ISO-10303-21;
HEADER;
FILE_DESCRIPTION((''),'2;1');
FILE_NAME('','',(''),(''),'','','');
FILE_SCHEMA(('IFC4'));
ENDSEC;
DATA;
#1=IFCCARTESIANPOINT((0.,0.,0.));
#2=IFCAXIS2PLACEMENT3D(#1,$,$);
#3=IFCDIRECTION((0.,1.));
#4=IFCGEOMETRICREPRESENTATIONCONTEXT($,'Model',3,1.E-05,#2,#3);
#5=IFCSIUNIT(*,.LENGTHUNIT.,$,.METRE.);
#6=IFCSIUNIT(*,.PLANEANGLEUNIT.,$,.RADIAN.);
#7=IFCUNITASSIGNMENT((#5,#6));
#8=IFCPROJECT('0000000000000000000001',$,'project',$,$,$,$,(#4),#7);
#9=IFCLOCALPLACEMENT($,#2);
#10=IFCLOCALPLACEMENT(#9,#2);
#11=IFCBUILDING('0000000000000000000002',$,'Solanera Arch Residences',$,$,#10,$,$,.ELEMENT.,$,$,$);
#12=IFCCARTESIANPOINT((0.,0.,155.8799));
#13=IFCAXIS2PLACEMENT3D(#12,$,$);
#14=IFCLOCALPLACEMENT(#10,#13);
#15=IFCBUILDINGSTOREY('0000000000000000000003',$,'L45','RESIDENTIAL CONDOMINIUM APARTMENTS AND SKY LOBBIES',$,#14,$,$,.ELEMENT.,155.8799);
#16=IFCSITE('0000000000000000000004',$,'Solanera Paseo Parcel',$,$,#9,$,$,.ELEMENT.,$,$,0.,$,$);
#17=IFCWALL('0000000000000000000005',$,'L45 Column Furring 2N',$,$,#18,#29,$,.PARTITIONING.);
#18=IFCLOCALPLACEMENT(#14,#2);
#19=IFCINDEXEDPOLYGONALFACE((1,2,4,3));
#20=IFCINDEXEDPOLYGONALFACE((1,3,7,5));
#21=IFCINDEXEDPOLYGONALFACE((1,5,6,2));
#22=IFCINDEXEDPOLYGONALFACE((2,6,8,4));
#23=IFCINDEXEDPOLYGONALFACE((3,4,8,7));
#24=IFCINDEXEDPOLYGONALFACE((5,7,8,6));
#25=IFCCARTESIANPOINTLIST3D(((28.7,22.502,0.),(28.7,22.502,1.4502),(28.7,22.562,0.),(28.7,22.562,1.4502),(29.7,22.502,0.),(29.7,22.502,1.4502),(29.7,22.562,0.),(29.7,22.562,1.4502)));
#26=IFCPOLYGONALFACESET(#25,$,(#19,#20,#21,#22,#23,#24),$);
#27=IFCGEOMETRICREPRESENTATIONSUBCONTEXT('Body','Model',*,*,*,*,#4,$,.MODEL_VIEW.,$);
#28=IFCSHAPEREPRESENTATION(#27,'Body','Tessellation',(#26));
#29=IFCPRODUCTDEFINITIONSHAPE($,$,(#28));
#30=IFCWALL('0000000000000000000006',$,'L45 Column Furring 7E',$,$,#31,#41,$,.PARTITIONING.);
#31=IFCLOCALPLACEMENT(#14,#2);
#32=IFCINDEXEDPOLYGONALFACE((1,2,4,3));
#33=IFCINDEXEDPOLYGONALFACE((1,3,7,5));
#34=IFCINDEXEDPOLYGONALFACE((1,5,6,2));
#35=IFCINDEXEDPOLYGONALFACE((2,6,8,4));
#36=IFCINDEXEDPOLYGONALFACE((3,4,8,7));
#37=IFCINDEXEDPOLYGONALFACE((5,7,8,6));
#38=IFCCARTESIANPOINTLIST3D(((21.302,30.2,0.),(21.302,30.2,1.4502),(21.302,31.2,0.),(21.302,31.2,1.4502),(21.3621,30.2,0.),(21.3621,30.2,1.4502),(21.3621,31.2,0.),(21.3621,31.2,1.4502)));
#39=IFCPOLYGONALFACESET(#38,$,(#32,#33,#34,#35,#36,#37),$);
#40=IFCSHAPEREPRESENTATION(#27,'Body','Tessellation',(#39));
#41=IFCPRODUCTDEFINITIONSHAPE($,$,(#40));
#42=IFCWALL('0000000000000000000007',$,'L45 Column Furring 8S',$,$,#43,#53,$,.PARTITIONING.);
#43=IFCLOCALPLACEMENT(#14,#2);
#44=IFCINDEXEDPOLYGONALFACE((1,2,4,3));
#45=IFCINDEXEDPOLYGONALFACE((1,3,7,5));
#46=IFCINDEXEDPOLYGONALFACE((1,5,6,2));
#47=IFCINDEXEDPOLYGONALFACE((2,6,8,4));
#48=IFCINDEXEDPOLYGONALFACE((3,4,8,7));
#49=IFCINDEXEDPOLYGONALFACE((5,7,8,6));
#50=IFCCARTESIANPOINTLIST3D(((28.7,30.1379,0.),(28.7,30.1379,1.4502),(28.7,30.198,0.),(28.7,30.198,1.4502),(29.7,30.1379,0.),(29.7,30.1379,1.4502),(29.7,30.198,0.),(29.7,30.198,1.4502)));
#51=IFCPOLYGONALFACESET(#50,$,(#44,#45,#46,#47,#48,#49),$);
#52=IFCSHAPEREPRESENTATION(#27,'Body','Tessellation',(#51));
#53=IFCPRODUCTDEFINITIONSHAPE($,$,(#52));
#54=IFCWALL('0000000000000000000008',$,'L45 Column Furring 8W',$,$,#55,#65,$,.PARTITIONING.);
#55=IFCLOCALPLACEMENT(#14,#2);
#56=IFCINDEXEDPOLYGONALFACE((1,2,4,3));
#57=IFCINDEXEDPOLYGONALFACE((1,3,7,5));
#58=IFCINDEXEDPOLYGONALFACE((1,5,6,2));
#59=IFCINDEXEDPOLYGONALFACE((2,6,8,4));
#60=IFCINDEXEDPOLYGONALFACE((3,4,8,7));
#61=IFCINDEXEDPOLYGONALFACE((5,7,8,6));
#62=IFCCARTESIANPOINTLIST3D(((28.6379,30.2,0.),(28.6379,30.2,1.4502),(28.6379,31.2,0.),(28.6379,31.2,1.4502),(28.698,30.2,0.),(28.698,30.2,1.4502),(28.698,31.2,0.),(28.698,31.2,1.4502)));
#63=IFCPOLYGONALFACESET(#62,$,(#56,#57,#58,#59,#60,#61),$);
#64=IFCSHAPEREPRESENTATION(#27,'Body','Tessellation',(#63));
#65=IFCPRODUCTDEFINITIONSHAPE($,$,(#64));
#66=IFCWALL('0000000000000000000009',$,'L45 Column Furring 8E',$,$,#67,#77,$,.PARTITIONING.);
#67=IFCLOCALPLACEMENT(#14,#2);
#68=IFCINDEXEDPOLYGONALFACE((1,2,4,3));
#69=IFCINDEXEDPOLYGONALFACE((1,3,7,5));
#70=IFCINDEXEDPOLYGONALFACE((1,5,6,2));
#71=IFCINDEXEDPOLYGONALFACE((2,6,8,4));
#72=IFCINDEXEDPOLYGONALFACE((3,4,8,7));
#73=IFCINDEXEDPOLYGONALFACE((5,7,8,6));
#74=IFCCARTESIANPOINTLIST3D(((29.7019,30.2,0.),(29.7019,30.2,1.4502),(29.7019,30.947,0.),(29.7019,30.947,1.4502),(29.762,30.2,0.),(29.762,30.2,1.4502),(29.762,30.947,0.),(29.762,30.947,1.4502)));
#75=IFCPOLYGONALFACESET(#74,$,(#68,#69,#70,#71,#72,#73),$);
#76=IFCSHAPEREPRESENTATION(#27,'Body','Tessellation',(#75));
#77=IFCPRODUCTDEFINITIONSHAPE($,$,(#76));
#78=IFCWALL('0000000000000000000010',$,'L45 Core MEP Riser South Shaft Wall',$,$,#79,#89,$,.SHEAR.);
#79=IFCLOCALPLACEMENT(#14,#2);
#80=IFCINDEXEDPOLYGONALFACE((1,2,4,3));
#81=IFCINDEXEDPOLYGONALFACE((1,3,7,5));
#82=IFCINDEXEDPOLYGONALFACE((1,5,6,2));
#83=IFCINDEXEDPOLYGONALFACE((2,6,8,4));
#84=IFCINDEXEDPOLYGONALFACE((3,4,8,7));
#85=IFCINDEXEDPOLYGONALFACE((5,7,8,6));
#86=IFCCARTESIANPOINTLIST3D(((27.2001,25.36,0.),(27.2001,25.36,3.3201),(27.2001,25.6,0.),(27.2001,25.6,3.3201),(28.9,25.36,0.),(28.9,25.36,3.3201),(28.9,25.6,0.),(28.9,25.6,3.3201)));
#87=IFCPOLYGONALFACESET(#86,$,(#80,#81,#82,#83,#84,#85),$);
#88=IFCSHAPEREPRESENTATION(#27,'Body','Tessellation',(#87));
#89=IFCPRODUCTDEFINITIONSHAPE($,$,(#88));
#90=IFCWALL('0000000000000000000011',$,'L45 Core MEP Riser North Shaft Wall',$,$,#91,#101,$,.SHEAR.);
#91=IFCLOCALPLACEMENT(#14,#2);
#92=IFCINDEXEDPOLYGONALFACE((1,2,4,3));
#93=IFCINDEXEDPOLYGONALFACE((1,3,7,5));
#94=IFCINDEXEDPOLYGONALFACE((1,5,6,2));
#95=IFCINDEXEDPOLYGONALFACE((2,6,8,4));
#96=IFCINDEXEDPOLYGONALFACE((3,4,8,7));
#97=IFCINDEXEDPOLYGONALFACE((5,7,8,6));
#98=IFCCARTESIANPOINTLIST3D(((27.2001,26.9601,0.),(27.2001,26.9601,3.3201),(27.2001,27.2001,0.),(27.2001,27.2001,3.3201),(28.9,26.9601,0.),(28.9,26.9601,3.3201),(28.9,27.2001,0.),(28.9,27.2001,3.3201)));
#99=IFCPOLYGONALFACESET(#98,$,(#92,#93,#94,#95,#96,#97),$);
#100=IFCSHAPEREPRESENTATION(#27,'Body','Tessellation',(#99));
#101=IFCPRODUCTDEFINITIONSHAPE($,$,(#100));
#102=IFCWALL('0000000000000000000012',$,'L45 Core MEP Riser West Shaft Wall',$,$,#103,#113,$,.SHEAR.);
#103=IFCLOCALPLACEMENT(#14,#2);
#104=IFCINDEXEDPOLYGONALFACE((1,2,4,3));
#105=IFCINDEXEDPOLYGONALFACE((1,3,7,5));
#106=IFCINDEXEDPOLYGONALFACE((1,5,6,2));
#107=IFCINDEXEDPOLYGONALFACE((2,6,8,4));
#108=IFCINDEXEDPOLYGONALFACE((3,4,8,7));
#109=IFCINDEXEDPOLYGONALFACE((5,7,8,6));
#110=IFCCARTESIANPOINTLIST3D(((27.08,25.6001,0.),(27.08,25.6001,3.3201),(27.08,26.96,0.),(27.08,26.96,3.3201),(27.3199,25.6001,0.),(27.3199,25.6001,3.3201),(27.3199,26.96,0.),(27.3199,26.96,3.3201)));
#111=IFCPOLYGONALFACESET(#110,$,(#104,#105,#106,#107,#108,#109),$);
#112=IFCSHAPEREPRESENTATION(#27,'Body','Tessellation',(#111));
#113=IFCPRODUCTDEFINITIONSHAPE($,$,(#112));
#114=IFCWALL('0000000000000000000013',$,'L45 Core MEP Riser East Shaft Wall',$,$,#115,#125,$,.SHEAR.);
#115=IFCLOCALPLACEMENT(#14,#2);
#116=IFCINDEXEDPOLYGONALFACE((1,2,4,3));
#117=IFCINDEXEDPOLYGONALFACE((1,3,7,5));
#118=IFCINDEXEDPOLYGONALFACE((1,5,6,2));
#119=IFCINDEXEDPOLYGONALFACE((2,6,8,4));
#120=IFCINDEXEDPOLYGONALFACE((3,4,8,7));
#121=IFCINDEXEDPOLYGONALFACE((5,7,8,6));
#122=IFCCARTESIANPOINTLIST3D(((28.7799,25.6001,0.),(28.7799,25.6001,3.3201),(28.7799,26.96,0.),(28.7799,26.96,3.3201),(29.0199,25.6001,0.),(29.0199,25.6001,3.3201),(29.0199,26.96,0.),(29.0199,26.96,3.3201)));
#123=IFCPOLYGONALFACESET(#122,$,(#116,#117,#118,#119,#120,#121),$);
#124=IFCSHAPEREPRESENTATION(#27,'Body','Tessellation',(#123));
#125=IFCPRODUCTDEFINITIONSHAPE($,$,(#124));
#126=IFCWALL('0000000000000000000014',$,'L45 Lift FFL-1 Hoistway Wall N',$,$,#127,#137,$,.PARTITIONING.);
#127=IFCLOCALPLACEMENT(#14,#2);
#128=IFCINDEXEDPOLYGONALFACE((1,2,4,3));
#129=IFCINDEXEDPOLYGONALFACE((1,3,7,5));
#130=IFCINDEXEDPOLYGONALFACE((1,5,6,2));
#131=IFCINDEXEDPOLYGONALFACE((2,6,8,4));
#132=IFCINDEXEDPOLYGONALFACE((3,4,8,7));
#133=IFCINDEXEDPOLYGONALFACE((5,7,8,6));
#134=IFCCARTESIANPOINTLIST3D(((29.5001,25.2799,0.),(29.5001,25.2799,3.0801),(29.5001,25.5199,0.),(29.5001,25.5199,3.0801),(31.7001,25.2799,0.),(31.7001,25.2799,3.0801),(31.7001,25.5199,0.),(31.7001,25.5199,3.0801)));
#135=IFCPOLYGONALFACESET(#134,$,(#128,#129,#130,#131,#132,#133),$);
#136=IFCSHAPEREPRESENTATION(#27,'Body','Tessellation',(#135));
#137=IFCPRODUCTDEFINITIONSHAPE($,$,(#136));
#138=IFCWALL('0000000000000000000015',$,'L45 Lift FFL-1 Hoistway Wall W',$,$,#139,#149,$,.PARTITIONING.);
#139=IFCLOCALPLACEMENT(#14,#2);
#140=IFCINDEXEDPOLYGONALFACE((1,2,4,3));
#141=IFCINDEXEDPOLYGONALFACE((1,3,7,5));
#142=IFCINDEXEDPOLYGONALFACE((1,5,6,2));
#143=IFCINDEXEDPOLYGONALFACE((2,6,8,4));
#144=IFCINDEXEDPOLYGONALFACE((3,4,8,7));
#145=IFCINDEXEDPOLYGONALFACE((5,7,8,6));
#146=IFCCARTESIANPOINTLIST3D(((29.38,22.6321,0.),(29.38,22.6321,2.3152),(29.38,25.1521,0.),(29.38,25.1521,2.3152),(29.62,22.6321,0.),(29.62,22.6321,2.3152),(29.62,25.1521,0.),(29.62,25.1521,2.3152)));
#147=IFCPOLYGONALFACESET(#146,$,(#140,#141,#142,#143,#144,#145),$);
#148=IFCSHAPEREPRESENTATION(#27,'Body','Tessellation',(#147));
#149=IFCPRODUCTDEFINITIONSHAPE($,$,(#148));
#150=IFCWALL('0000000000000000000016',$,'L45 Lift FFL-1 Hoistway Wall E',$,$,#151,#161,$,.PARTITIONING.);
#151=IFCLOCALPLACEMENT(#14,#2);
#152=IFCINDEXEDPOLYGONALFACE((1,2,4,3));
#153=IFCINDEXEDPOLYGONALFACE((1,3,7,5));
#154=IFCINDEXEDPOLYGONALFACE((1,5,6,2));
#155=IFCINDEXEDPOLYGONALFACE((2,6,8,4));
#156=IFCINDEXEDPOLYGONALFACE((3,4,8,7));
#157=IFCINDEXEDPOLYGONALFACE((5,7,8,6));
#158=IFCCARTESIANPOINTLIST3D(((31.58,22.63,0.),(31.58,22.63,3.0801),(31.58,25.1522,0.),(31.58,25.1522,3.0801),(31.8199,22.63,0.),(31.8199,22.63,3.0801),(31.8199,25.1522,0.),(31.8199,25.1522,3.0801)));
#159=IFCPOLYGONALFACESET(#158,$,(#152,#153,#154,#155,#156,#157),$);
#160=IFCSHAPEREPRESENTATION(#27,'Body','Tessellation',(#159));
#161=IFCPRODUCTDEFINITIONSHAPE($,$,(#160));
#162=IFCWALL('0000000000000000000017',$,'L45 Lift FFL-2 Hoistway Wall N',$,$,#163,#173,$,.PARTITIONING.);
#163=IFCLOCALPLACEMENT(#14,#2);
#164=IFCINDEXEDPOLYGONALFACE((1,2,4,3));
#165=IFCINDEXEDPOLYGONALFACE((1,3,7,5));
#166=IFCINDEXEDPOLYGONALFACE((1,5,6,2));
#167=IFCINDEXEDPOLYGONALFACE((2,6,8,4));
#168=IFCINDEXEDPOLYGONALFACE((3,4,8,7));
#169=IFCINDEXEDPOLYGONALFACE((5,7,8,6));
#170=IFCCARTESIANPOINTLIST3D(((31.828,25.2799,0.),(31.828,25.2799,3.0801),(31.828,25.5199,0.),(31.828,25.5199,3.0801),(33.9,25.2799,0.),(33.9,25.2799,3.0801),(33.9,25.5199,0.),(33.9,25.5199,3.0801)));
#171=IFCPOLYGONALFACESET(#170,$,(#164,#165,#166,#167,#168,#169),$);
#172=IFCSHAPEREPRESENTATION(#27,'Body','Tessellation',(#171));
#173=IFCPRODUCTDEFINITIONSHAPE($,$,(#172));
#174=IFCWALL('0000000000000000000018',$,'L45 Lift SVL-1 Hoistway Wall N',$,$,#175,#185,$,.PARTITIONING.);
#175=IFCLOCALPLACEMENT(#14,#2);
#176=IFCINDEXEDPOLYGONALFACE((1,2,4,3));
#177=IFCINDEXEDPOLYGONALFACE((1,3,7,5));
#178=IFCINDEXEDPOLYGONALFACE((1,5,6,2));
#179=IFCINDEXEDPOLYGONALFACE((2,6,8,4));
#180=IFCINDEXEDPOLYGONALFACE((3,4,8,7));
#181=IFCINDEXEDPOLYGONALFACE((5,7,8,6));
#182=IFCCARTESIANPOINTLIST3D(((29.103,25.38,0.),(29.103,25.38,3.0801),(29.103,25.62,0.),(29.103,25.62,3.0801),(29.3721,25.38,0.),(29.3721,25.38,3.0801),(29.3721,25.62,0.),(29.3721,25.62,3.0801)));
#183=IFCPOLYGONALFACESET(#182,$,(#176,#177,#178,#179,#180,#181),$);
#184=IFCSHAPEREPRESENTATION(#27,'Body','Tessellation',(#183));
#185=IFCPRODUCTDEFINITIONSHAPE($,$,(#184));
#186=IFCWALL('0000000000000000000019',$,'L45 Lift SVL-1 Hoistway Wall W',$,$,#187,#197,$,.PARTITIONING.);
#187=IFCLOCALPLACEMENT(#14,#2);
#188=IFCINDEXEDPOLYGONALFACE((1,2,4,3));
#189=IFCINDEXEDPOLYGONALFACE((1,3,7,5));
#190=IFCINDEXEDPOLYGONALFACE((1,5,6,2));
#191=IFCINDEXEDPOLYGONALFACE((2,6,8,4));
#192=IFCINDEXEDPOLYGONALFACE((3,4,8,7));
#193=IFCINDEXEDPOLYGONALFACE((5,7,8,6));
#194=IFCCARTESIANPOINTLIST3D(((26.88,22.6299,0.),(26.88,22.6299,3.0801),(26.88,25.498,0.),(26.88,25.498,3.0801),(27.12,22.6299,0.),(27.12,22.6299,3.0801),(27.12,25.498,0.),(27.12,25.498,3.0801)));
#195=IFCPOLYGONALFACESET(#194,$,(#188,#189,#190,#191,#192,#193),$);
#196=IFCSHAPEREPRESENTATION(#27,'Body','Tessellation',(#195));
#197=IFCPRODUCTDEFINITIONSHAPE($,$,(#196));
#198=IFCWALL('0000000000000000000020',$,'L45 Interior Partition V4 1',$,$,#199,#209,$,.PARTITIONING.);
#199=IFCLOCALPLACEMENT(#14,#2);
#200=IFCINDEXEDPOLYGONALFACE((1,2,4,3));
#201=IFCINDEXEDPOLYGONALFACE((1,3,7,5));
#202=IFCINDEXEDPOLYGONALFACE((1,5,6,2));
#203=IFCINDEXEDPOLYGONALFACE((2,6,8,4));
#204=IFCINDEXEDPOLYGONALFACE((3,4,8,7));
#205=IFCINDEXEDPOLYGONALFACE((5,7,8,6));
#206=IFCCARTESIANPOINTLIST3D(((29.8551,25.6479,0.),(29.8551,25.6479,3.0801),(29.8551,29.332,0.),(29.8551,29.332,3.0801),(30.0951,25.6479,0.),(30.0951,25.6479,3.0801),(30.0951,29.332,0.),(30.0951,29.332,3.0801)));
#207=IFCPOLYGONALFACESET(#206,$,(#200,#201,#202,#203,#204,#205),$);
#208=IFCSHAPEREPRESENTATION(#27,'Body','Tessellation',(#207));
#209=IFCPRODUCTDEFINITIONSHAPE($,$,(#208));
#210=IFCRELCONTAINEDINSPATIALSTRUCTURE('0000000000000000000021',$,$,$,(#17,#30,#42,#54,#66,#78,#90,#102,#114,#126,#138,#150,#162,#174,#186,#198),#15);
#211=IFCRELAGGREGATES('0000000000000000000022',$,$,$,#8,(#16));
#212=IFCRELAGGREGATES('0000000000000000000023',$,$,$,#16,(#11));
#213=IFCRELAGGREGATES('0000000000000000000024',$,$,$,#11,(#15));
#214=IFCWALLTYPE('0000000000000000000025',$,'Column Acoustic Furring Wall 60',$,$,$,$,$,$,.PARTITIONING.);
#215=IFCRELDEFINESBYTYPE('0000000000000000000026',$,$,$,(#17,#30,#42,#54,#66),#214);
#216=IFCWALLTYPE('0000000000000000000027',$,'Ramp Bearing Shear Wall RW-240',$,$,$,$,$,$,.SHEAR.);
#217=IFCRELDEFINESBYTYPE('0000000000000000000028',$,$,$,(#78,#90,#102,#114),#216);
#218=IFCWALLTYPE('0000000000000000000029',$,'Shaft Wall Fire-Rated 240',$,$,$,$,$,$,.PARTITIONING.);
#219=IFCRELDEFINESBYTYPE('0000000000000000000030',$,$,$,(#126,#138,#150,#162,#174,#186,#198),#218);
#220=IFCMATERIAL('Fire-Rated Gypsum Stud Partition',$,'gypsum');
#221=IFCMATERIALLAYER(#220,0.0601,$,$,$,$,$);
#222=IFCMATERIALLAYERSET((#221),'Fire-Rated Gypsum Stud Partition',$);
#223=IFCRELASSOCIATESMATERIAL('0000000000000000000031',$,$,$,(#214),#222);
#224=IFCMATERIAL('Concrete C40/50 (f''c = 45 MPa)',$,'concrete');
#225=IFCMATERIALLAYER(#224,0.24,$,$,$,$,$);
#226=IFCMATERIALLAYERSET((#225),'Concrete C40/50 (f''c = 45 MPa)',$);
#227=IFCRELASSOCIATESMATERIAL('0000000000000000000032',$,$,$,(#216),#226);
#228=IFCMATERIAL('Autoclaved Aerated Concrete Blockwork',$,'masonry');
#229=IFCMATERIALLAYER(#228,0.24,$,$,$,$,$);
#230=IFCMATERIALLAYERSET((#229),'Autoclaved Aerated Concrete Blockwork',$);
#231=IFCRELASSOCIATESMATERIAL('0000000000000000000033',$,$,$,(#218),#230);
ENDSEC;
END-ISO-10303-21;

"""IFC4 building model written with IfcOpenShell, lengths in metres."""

from ifc_helpers import new_model, si_unit, direction, frame, frame_2d, origin, place, context, subcontext, project, spatial, rectangle, extrude, material, layer, layer_set, type_object, element, save


model = new_model("IFC4")

# Units and contexts
model_context = context("Model", 3, precision=1e-05, world=origin(), true_north=direction((0.0, 1.0)))
body_context = subcontext(model_context, "Body", "Model", "MODEL_VIEW")
ifc_project = project(units=[si_unit("LENGTHUNIT", "METRE"), si_unit("PLANEANGLEUNIT", "RADIAN")], contexts=[model_context])

# Site, building, storey
site_placement = place(None, origin())
site = spatial("IfcSite", under=ifc_project, at=site_placement, Name="Solanera Paseo Parcel", CompositionType="ELEMENT", RefElevation=0.0)
building_placement = place(site_placement, origin())
building = spatial("IfcBuilding", under=site, at=building_placement, Name="Solanera Arch Residences", CompositionType="ELEMENT")
storey_placement = place(building_placement, frame((0.0, 0.0, 155.8799)))
storey = spatial("IfcBuildingStorey", under=building, at=storey_placement, Name="L45", Description="RESIDENTIAL CONDOMINIUM APARTMENTS AND SKY LOBBIES", CompositionType="ELEMENT", Elevation=155.8799)

# Walls
ifc_material_1 = material(Name="Fire-Rated Gypsum Stud Partition", Category="gypsum")
ifc_layer_1 = layer(ifc_material_1, 0.0601)
ifc_layer_set_1 = layer_set([ifc_layer_1], Name="Fire-Rated Gypsum Stud Partition")
wall_type_1 = type_object("IfcWallType", Name="Column Acoustic Furring Wall 60", PredefinedType="PARTITIONING", material=ifc_layer_set_1)
for number, where, z_axis, x_axis, name in (
    (1, (28.7, 22.532, 0.0), (0.0, 0.0, 1.0), (1.0, 0.0, 0.0), "L45 Column Furring 2N"),
    (2, (21.332, 30.2, 0.0), (0.0, 0.0, 1.0), (0.0, 1.0, 0.0), "L45 Column Furring 7E"),
    (3, (28.7, 30.168, 0.0), (0.0, 0.0, 1.0), (1.0, 0.0, 0.0), "L45 Column Furring 8S"),
    (4, (28.668, 30.2, 0.0), (0.0, 0.0, 1.0), (0.0, 1.0, 0.0), "L45 Column Furring 8W"),
):
    element("IfcWall", number, at=place(storey_placement, frame(where, z_axis=z_axis, x_axis=x_axis)), inside=storey, type_object=wall_type_1, Name=name, PredefinedType="PARTITIONING", context=body_context, shape_type="SweptSolid", body=[
        extrude(rectangle(XDim=1.0, YDim=0.0601, at=frame_2d((0.5, 0.0))), origin(), (0.0, 0.0, 1.0), 1.4502),
    ])
wall_1_placement = place(storey_placement, frame((29.7319, 30.2, 0.0), z_axis=(0.0, 0.0, 1.0), x_axis=(0.0, 1.0, 0.0)))
element("IfcWall", 5, at=wall_1_placement, inside=storey, type_object=wall_type_1, Name="L45 Column Furring 8E", PredefinedType="PARTITIONING", context=body_context, shape_type="SweptSolid", body=[
    extrude(rectangle(XDim=0.7471, YDim=0.0601, at=frame_2d((0.3735, 0.0))), origin(), (0.0, 0.0, 1.0), 1.4502),
])
ifc_material_2 = material(Name="Concrete C40/50 (f'c = 45 MPa)", Category="concrete")
ifc_layer_2 = layer(ifc_material_2, 0.24)
ifc_layer_set_2 = layer_set([ifc_layer_2], Name="Concrete C40/50 (f'c = 45 MPa)")
wall_type_2 = type_object("IfcWallType", Name="Ramp Bearing Shear Wall RW-240", PredefinedType="SHEAR", material=ifc_layer_set_2)
for number, where, z_axis, x_axis, name in (
    (6, (27.2, 25.48, 0.0), (0.0, 0.0, 1.0), (1.0, 0.0, 0.0), "L45 Core MEP Riser South Shaft Wall"),
    (7, (27.2, 27.0801, 0.0), (0.0, 0.0, 1.0), (1.0, 0.0, 0.0), "L45 Core MEP Riser North Shaft Wall"),
):
    element("IfcWall", number, at=place(storey_placement, frame(where, z_axis=z_axis, x_axis=x_axis)), inside=storey, type_object=wall_type_2, Name=name, PredefinedType="SHEAR", context=body_context, shape_type="SweptSolid", body=[
        extrude(rectangle(XDim=1.7, YDim=0.24, at=frame_2d((0.8501, 0.0))), origin(), (0.0, 0.0, 1.0), 3.3201),
    ])
for number, where, z_axis, x_axis, name in (
    (8, (27.2, 25.6001, 0.0), (0.0, 0.0, 1.0), (0.0, 1.0, 0.0), "L45 Core MEP Riser West Shaft Wall"),
    (9, (28.8999, 25.6001, 0.0), (0.0, 0.0, 1.0), (0.0, 1.0, 0.0), "L45 Core MEP Riser East Shaft Wall"),
):
    element("IfcWall", number, at=place(storey_placement, frame(where, z_axis=z_axis, x_axis=x_axis)), inside=storey, type_object=wall_type_2, Name=name, PredefinedType="SHEAR", context=body_context, shape_type="SweptSolid", body=[
        extrude(rectangle(XDim=1.3599, YDim=0.24, at=frame_2d((0.6799, 0.0))), origin(), (0.0, 0.0, 1.0), 3.3201),
    ])
ifc_material_3 = material(Name="Autoclaved Aerated Concrete Blockwork", Category="masonry")
ifc_layer_3 = layer(ifc_material_3, 0.24)
ifc_layer_set_3 = layer_set([ifc_layer_3], Name="Autoclaved Aerated Concrete Blockwork")
wall_type_3 = type_object("IfcWallType", Name="Shaft Wall Fire-Rated 240", PredefinedType="PARTITIONING", material=ifc_layer_set_3)
wall_2_placement = place(storey_placement, frame((29.5, 25.3999, 0.0), z_axis=(0.0, 0.0, 1.0), x_axis=(1.0, 0.0, 0.0)))
element("IfcWall", 10, at=wall_2_placement, inside=storey, type_object=wall_type_3, Name="L45 Lift FFL-1 Hoistway Wall N", PredefinedType="PARTITIONING", context=body_context, shape_type="SweptSolid", body=[
    extrude(rectangle(XDim=2.2, YDim=0.24, at=frame_2d((1.1001, 0.0))), origin(), (0.0, 0.0, 1.0), 3.0801),
])
wall_3_placement = place(storey_placement, frame((29.5, 22.6321, 0.0), z_axis=(0.0, 0.0, 1.0), x_axis=(0.0, 1.0, 0.0)))
element("IfcWall", 11, at=wall_3_placement, inside=storey, type_object=wall_type_3, Name="L45 Lift FFL-1 Hoistway Wall W", PredefinedType="PARTITIONING", context=body_context, shape_type="SweptSolid", body=[
    extrude(rectangle(XDim=2.52, YDim=0.24, at=frame_2d((1.26, 0.0))), origin(), (0.0, 0.0, 1.0), 2.3152),
])
wall_4_placement = place(storey_placement, frame((31.7, 22.6299, 0.0), z_axis=(0.0, 0.0, 1.0), x_axis=(0.0, 1.0, 0.0)))
element("IfcWall", 12, at=wall_4_placement, inside=storey, type_object=wall_type_3, Name="L45 Lift FFL-1 Hoistway Wall E", PredefinedType="PARTITIONING", context=body_context, shape_type="SweptSolid", body=[
    extrude(rectangle(XDim=2.5222, YDim=0.24, at=frame_2d((1.2612, 0.0))), origin(), (0.0, 0.0, 1.0), 3.0801),
])
wall_5_placement = place(storey_placement, frame((31.8279, 25.3999, 0.0), z_axis=(0.0, 0.0, 1.0), x_axis=(1.0, 0.0, 0.0)))
element("IfcWall", 13, at=wall_5_placement, inside=storey, type_object=wall_type_3, Name="L45 Lift FFL-2 Hoistway Wall N", PredefinedType="PARTITIONING", context=body_context, shape_type="SweptSolid", body=[
    extrude(rectangle(XDim=2.072, YDim=0.24, at=frame_2d((1.0361, 0.0))), origin(), (0.0, 0.0, 1.0), 3.0801),
])
wall_6_placement = place(storey_placement, frame((29.103, 25.5, 0.0), z_axis=(0.0, 0.0, 1.0), x_axis=(1.0, 0.0, 0.0)))
element("IfcWall", 14, at=wall_6_placement, inside=storey, type_object=wall_type_3, Name="L45 Lift SVL-1 Hoistway Wall N", PredefinedType="PARTITIONING", context=body_context, shape_type="SweptSolid", body=[
    extrude(rectangle(XDim=0.269, YDim=0.24, at=frame_2d((0.1345, 0.0))), origin(), (0.0, 0.0, 1.0), 3.0801),
])
wall_7_placement = place(storey_placement, frame((27.0, 22.6299, 0.0), z_axis=(0.0, 0.0, 1.0), x_axis=(0.0, 1.0, 0.0)))
element("IfcWall", 15, at=wall_7_placement, inside=storey, type_object=wall_type_3, Name="L45 Lift SVL-1 Hoistway Wall W", PredefinedType="PARTITIONING", context=body_context, shape_type="SweptSolid", body=[
    extrude(rectangle(XDim=2.8682, YDim=0.24, at=frame_2d((1.4341, 0.0))), origin(), (0.0, 0.0, 1.0), 3.0801),
])
wall_8_placement = place(storey_placement, frame((29.9751, 25.6479, 0.0), z_axis=(0.0, 0.0, 1.0), x_axis=(0.0, 1.0, 0.0)))
element("IfcWall", 16, at=wall_8_placement, inside=storey, type_object=wall_type_3, Name="L45 Interior Partition V4 1", PredefinedType="PARTITIONING", context=body_context, shape_type="SweptSolid", body=[
    extrude(rectangle(XDim=3.6841, YDim=0.24, at=frame_2d((1.842, 0.0))), origin(), (0.0, 0.0, 1.0), 3.0801),
])

save(model, "model.ifc")
